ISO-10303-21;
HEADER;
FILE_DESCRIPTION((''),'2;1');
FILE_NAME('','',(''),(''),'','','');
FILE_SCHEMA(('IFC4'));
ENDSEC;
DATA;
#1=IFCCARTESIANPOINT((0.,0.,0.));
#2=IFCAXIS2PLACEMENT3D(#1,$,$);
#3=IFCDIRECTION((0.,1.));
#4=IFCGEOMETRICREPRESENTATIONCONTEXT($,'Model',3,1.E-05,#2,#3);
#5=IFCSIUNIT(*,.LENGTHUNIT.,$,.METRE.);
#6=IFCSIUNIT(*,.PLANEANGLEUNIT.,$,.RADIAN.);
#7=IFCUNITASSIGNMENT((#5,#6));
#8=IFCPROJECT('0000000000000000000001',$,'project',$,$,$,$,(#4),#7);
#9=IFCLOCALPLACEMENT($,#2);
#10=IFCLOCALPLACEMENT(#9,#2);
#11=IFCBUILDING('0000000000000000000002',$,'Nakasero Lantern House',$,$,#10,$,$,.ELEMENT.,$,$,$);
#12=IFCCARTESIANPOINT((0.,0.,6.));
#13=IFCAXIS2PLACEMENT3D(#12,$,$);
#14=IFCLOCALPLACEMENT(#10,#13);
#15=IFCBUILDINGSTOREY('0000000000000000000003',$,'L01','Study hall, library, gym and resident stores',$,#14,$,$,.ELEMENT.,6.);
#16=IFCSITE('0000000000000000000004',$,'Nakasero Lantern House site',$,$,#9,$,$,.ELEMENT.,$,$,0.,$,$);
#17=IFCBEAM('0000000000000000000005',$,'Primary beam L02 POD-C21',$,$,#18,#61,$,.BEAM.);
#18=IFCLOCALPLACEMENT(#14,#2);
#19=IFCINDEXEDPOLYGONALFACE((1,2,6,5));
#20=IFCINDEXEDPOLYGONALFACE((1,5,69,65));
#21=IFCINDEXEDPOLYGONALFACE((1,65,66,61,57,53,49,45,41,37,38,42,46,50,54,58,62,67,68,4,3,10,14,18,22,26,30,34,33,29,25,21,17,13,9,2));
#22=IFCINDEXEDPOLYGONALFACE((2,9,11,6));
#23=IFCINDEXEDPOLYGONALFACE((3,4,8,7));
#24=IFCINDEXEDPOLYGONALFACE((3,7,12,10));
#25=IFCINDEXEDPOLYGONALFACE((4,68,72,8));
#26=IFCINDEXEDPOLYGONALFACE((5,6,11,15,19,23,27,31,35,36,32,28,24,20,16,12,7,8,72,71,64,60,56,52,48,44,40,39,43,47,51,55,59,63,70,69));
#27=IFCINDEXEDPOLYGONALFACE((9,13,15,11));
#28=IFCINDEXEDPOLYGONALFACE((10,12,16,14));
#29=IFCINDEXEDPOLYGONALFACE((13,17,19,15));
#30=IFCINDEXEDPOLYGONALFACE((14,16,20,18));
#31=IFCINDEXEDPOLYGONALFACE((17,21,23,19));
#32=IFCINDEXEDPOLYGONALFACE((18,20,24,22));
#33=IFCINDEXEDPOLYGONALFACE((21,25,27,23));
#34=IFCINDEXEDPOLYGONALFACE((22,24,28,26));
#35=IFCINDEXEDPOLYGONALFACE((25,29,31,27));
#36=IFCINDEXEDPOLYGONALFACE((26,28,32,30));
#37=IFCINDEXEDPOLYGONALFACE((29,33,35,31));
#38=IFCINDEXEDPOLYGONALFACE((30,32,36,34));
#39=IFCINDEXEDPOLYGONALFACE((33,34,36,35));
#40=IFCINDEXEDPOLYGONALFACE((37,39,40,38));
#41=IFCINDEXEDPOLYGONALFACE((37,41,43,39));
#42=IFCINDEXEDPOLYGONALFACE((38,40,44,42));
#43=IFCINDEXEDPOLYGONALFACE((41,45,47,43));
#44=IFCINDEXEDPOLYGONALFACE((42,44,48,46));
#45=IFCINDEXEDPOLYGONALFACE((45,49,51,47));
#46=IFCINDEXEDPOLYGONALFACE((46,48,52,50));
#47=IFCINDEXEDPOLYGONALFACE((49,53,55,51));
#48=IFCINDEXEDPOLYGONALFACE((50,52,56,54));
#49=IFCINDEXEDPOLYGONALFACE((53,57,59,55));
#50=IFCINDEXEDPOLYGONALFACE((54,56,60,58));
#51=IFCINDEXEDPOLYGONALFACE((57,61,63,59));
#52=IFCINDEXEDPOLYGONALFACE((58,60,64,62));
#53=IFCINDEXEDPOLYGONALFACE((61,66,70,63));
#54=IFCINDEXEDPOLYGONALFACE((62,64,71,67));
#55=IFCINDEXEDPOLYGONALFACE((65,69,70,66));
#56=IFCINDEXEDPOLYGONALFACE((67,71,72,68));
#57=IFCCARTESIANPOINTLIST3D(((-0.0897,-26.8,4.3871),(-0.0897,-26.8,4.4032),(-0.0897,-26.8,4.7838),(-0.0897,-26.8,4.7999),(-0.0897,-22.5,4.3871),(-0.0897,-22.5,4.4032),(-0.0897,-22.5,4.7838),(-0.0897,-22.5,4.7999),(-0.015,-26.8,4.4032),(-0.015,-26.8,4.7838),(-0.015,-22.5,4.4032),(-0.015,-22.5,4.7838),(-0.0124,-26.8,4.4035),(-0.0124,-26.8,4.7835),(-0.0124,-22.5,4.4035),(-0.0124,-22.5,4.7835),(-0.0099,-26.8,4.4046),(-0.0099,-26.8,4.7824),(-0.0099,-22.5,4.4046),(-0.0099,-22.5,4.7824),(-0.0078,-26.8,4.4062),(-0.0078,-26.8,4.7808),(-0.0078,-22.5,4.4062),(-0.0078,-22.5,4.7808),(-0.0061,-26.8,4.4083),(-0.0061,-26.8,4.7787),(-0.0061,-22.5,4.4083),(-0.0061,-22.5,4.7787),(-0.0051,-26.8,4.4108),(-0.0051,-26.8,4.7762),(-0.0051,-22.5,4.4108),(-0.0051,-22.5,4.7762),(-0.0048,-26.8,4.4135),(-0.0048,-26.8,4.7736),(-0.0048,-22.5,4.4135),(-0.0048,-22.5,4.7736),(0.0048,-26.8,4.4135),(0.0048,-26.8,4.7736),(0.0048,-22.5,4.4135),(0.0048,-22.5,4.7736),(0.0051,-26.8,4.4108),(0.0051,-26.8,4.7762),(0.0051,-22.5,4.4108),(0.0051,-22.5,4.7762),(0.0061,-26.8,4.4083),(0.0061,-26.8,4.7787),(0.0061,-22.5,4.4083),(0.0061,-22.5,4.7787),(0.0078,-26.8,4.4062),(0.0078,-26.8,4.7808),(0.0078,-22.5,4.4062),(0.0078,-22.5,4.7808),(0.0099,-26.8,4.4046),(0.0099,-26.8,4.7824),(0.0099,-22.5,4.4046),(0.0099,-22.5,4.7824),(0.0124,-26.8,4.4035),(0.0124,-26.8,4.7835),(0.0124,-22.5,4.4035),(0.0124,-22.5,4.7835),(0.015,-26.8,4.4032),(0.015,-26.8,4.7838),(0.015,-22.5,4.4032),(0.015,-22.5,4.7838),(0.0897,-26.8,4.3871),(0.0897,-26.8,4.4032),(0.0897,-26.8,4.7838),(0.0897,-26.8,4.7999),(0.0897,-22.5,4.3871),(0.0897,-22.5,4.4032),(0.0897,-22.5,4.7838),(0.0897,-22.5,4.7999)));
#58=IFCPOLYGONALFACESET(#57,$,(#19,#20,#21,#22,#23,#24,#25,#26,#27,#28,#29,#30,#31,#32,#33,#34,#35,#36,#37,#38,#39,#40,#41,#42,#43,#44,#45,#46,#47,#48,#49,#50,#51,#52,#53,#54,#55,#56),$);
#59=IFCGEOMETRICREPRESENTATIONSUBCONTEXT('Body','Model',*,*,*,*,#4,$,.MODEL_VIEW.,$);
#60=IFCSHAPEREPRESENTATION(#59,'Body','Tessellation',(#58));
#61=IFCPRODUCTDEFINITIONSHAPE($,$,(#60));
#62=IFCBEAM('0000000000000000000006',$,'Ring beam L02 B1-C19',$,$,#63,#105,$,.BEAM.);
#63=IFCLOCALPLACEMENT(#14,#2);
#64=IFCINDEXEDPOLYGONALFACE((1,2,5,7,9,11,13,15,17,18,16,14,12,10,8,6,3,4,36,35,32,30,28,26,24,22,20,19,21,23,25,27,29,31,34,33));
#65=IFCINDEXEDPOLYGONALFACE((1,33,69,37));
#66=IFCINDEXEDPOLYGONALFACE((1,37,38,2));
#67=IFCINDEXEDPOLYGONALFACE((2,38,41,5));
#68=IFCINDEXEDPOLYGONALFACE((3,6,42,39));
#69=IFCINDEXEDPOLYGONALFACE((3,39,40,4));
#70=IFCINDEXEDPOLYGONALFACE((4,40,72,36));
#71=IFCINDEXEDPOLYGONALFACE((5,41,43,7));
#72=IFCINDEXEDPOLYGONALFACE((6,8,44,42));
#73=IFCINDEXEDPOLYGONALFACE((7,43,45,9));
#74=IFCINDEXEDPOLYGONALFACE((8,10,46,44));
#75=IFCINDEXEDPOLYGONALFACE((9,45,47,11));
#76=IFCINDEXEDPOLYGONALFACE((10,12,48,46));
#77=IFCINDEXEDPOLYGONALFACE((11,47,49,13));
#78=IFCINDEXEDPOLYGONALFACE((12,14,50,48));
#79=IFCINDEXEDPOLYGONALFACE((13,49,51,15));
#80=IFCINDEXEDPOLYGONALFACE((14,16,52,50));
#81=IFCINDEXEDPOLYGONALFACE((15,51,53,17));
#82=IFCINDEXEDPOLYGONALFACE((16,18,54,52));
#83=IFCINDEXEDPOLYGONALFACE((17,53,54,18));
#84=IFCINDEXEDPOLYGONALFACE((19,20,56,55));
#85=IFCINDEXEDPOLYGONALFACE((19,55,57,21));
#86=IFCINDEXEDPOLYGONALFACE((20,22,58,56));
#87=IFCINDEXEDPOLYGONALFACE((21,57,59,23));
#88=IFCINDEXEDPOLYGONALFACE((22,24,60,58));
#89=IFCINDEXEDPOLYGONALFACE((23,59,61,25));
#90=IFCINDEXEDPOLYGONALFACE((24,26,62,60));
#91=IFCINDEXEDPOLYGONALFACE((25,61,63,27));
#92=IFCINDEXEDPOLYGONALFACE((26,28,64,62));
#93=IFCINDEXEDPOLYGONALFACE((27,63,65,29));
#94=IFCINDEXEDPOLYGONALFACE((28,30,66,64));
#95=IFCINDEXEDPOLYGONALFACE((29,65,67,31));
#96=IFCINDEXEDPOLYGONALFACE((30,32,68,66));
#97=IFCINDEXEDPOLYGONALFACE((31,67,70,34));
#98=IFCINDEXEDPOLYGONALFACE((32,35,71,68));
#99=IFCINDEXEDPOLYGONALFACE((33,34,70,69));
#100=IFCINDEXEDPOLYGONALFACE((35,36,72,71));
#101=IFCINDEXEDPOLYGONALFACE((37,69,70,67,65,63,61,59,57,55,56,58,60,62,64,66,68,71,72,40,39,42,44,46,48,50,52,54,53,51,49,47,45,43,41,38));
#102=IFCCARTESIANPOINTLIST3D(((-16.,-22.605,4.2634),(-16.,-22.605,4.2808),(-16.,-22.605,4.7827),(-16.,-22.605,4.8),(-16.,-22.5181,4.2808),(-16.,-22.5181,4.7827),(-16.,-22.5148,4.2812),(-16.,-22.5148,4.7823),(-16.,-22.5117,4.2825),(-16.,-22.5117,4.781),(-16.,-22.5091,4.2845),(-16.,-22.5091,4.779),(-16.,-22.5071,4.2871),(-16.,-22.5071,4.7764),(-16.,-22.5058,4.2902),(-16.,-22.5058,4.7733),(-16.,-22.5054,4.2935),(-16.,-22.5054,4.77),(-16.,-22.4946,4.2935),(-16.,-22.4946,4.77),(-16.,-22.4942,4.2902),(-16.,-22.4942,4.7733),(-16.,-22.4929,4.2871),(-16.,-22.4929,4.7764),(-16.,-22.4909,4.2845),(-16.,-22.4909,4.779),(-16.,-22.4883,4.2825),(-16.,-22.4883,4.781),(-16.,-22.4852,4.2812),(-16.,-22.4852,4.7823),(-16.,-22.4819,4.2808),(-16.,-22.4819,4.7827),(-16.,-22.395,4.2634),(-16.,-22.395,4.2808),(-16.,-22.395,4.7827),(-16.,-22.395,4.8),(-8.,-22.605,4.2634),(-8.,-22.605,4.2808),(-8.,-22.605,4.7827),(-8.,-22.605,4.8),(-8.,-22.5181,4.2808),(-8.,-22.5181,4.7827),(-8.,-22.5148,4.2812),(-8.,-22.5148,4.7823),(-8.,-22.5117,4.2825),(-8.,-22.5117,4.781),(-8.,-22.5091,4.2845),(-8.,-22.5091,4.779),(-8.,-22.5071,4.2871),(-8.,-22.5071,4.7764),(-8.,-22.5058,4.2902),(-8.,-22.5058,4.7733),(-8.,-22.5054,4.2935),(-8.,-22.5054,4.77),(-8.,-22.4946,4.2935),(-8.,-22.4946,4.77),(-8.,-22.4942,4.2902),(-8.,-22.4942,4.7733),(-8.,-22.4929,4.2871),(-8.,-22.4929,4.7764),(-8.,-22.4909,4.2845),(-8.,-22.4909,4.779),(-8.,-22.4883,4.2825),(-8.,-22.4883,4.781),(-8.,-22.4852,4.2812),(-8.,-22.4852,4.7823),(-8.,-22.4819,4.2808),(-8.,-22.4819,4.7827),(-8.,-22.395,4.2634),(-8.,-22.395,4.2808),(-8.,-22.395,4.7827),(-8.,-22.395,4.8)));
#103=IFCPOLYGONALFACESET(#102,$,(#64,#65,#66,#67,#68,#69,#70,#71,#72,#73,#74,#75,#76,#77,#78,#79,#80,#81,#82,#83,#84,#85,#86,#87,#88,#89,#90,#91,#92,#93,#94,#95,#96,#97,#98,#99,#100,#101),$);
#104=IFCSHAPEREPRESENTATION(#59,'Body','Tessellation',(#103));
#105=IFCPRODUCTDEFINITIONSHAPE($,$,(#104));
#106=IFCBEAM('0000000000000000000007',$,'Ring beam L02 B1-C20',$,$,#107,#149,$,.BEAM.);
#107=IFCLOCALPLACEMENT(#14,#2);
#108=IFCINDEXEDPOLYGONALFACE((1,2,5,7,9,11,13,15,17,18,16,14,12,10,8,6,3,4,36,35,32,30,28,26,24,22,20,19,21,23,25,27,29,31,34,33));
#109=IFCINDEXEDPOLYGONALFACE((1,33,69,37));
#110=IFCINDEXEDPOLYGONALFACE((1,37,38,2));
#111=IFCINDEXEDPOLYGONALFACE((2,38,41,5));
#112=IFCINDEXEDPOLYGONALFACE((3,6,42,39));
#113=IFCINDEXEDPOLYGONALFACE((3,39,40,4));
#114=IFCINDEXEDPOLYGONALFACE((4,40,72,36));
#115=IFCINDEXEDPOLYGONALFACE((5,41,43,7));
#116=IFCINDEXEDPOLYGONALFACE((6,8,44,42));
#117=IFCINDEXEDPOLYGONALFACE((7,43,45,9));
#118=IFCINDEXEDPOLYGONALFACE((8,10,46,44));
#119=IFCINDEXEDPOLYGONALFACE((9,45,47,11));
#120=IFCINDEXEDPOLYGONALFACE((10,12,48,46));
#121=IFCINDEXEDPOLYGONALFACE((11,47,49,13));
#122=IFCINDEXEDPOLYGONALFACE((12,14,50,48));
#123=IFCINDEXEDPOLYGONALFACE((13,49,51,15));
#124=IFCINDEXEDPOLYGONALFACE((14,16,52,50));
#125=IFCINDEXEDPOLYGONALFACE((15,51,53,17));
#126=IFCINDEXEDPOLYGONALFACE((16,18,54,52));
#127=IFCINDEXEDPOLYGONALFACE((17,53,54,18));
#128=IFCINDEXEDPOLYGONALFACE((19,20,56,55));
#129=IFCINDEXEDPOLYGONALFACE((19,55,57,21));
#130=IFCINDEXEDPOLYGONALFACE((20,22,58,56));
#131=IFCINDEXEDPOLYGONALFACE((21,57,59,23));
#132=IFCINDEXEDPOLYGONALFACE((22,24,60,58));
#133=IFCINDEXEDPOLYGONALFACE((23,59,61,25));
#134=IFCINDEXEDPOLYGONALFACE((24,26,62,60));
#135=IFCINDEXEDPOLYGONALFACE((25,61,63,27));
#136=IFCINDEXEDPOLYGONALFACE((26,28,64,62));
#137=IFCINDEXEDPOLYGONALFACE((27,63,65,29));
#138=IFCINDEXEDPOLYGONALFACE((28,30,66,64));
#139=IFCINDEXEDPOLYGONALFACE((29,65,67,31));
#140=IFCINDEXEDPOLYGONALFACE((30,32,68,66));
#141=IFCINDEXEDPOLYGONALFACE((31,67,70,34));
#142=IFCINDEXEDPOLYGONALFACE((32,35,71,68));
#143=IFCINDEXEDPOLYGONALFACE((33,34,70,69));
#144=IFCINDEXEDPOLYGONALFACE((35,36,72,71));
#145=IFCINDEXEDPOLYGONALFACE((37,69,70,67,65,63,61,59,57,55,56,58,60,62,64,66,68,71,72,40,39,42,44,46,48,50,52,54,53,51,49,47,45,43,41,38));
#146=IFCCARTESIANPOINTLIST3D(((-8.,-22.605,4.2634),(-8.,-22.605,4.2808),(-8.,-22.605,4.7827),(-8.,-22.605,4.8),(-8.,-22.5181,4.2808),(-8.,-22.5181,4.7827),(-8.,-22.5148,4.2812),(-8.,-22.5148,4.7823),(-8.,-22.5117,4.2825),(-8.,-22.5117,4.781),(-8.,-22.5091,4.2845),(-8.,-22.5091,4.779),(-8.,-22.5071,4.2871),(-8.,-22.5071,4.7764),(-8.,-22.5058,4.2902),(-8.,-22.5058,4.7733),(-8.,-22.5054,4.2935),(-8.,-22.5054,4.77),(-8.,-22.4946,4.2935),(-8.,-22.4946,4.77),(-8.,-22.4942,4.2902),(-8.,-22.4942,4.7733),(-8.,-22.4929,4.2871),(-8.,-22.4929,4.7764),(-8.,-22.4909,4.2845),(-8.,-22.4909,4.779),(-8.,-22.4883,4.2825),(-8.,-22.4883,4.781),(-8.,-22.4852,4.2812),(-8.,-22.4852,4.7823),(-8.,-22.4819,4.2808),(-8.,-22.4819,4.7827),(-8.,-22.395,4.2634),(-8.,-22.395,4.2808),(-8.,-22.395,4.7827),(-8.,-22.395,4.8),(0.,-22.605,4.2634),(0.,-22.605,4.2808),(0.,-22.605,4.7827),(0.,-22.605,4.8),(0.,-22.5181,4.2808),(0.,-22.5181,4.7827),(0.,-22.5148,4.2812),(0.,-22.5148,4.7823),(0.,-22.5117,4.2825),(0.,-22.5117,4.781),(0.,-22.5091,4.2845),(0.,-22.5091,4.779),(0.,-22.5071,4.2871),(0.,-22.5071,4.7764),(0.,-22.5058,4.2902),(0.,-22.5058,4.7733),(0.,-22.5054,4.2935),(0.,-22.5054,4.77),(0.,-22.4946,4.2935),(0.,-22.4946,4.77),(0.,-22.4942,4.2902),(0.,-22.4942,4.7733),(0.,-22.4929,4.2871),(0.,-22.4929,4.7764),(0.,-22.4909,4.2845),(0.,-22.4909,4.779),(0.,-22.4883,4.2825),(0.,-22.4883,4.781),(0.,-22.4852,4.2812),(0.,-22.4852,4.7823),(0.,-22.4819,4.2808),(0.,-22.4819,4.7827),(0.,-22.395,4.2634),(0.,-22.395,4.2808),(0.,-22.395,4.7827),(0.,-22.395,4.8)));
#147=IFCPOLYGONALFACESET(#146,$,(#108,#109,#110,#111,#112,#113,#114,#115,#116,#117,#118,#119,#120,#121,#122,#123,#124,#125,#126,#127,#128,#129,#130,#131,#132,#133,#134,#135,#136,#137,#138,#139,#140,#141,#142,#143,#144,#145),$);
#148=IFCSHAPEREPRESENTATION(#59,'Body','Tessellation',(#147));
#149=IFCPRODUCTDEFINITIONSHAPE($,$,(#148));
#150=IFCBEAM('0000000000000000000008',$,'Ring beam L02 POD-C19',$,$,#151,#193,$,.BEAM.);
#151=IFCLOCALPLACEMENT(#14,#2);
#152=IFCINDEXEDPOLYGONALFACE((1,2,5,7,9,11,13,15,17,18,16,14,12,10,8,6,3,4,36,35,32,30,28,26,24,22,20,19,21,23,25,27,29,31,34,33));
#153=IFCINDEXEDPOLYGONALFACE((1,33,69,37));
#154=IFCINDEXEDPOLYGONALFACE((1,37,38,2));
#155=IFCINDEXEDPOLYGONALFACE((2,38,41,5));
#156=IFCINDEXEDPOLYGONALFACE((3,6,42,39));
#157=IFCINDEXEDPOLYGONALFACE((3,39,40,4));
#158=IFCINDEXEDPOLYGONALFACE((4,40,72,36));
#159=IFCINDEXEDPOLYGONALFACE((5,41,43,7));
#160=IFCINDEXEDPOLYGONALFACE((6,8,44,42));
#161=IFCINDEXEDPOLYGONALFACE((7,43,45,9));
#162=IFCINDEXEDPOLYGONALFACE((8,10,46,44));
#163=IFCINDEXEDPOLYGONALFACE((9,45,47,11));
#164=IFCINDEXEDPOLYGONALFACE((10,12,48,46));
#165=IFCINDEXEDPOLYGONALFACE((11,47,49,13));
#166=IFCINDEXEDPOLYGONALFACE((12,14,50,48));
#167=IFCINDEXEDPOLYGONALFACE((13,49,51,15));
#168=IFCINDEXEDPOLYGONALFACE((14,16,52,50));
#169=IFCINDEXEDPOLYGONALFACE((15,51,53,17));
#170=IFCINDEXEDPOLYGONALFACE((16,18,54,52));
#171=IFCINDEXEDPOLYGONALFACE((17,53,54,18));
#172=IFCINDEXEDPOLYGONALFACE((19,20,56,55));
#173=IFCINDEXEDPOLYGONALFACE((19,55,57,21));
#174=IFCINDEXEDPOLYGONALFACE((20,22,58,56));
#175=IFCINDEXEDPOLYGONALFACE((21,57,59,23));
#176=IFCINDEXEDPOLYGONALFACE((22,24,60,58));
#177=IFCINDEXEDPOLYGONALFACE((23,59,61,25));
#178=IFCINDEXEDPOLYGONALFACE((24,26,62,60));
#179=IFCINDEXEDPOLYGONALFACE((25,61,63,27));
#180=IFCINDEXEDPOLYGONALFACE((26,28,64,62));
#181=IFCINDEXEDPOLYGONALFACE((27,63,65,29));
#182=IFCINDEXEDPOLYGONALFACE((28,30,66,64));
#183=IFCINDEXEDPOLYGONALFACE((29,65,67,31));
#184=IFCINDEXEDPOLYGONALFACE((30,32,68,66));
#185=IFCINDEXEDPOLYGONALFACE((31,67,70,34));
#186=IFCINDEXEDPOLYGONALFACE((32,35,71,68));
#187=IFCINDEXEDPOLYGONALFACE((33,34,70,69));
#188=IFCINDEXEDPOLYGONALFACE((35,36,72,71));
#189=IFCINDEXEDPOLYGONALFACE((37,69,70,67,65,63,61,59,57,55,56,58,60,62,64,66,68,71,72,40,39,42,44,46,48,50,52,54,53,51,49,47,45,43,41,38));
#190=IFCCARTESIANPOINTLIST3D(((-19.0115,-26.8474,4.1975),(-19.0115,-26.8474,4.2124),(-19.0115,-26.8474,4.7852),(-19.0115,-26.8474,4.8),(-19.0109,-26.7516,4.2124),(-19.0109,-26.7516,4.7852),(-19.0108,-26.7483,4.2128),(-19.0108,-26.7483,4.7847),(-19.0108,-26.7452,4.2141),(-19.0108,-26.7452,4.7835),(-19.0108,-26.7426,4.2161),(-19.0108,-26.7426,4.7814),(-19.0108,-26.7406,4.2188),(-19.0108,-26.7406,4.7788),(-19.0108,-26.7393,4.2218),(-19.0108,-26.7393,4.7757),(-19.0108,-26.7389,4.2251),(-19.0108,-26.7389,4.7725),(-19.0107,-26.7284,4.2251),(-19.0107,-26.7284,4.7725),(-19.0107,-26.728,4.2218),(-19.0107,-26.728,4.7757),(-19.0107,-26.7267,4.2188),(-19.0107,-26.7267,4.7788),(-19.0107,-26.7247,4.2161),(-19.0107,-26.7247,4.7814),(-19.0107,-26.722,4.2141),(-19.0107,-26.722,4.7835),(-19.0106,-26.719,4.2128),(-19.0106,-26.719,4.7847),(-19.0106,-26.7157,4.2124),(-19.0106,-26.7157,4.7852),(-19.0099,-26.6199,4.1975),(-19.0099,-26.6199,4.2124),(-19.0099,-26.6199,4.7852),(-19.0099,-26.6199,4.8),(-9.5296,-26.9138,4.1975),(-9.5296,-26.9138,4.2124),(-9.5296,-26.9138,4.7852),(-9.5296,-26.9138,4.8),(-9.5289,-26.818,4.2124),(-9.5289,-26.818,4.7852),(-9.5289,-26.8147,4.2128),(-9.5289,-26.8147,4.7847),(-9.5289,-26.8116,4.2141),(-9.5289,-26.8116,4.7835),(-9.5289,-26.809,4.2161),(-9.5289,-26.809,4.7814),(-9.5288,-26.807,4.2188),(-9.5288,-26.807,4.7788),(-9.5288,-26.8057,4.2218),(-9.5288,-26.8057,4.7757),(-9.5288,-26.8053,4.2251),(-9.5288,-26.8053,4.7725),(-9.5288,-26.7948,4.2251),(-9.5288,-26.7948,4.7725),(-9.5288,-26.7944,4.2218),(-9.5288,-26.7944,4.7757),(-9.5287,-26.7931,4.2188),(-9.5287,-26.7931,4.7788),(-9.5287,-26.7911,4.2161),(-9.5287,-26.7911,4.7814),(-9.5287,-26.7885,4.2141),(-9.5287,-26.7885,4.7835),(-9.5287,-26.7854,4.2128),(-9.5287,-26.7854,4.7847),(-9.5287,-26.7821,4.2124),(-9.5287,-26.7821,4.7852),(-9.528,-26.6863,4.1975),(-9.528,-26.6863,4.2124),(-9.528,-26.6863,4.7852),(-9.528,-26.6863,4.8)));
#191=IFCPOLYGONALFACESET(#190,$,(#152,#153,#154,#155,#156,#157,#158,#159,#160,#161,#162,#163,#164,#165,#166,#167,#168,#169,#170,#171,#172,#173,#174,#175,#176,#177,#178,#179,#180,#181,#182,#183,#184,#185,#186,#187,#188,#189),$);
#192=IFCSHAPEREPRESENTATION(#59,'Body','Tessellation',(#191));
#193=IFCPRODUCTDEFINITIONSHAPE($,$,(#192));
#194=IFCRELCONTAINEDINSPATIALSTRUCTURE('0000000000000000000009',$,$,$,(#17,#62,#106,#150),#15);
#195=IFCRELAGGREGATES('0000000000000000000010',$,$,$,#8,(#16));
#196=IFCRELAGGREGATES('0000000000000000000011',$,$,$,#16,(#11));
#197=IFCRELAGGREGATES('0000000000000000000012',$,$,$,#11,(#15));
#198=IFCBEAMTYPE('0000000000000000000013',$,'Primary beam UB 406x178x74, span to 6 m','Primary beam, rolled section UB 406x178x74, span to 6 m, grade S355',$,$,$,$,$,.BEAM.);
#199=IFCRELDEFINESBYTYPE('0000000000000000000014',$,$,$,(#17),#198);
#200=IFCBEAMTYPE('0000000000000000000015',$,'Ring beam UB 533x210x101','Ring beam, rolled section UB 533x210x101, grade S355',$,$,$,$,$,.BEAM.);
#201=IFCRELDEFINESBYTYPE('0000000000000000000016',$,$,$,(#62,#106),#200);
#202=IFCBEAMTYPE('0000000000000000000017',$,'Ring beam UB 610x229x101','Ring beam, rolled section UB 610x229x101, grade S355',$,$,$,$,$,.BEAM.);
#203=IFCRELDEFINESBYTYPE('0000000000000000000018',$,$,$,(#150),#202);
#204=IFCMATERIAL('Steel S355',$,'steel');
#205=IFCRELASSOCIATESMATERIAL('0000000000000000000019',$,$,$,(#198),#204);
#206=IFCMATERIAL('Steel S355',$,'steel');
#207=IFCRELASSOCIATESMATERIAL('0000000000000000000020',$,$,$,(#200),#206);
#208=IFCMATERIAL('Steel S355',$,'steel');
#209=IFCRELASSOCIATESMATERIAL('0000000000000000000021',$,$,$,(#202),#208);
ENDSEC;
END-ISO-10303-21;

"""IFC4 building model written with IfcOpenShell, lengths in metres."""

from ifc_helpers import new_model, si_unit, direction, frame, origin, origin_2d, place, context, subcontext, project, spatial, i_section, extrude, material, material_profile, profile_set, type_object, element, save


model = new_model("IFC4")

# Units and contexts
model_context = context("Model", 3, precision=1e-05, world=origin(), true_north=direction((0.0, 1.0)))
body_context = subcontext(model_context, "Body", "Model", "MODEL_VIEW")
ifc_project = project(units=[si_unit("LENGTHUNIT", "METRE"), si_unit("PLANEANGLEUNIT", "RADIAN")], contexts=[model_context])

# Site, building, storey
site_placement = place(None, origin())
site = spatial("IfcSite", under=ifc_project, at=site_placement, Name="Nakasero Lantern House site", CompositionType="ELEMENT", RefElevation=0.0)
building_placement = place(site_placement, origin())
building = spatial("IfcBuilding", under=site, at=building_placement, Name="Nakasero Lantern House", CompositionType="ELEMENT")
storey_placement = place(building_placement, frame((0.0, 0.0, 6.0)))
storey = spatial("IfcBuildingStorey", under=building, at=storey_placement, Name="L01", Description="Study hall, library, gym and resident stores", CompositionType="ELEMENT", Elevation=6.0)

# Beams
ifc_material_1 = material(Name="Steel S355", Category="steel")
ifc_material_profile_1 = material_profile(ifc_material_1, i_section(OverallWidth=0.1794, OverallDepth=0.4128, WebThickness=0.0095, FlangeThickness=0.0161, FilletRadius=0.0103, at=origin_2d()), Name="UB 406x178x74")
ifc_profile_set_1 = profile_set([ifc_material_profile_1], Name="Steel S355")
beam_type_1 = type_object("IfcBeamType", Name="Primary beam UB 406x178x74, span to 6 m", Description="Primary beam, rolled section UB 406x178x74, span to 6 m, grade S355", PredefinedType="BEAM", material=ifc_profile_set_1)
beam_1_placement = place(storey_placement, frame((0.0, -26.8, 4.5935), z_axis=(0.0, 1.0, 0.0), x_axis=(-1.0, 0.0, 0.0)))
element("IfcBeam", 1, at=beam_1_placement, inside=storey, type_object=beam_type_1, Name="Primary beam L02 POD-C21", PredefinedType="BEAM", context=body_context, shape_type="SweptSolid", body=[
    extrude(i_section(OverallWidth=0.1794, OverallDepth=0.4128, WebThickness=0.0095, FlangeThickness=0.0161, FilletRadius=0.0103, at=origin_2d()), origin(), (0.0, 0.0, 1.0), 4.3),
])
ifc_material_2 = material(Name="Steel S355", Category="steel")
ifc_material_profile_2 = material_profile(ifc_material_2, i_section(OverallWidth=0.21, OverallDepth=0.5366, WebThickness=0.0107, FlangeThickness=0.0173, FilletRadius=0.0127, at=origin_2d()), Name="UB 533x210x101")
ifc_profile_set_2 = profile_set([ifc_material_profile_2], Name="Steel S355")
beam_type_2 = type_object("IfcBeamType", Name="Ring beam UB 533x210x101", Description="Ring beam, rolled section UB 533x210x101, grade S355", PredefinedType="BEAM", material=ifc_profile_set_2)
for number, where, z_axis, x_axis, name in (
    (2, (-16.0, -22.5, 4.5317), (1.0, 0.0, 0.0), (0.0, 1.0, 0.0), "Ring beam L02 B1-C19"),
    (3, (-8.0, -22.5, 4.5317), (1.0, 0.0, 0.0), (0.0, 1.0, 0.0), "Ring beam L02 B1-C20"),
):
    element("IfcBeam", number, at=place(storey_placement, frame(where, z_axis=z_axis, x_axis=x_axis)), inside=storey, type_object=beam_type_2, Name=name, PredefinedType="BEAM", context=body_context, shape_type="SweptSolid", body=[
        extrude(i_section(OverallWidth=0.21, OverallDepth=0.5366, WebThickness=0.0107, FlangeThickness=0.0173, FilletRadius=0.0127, at=origin_2d()), origin(), (0.0, 0.0, 1.0), 8.0),
    ])
ifc_material_3 = material(Name="Steel S355", Category="steel")
ifc_material_profile_3 = material_profile(ifc_material_3, i_section(OverallWidth=0.2275, OverallDepth=0.6025, WebThickness=0.0105, FlangeThickness=0.0149, FilletRadius=0.0127, at=origin_2d()), Name="UB 610x229x101")
ifc_profile_set_3 = profile_set([ifc_material_profile_3], Name="Steel S355")
beam_type_3 = type_object("IfcBeamType", Name="Ring beam UB 610x229x101", Description="Ring beam, rolled section UB 610x229x101, grade S355", PredefinedType="BEAM", material=ifc_profile_set_3)
beam_2_placement = place(storey_placement, frame((-19.0107, -26.7336, 4.4988), z_axis=(0.999975, -0.007003, 0.0), x_axis=(0.007003, 0.999975, 0.0)))
element("IfcBeam", 4, at=beam_2_placement, inside=storey, type_object=beam_type_3, Name="Ring beam L02 POD-C19", PredefinedType="BEAM", context=body_context, shape_type="SweptSolid", body=[
    extrude(i_section(OverallWidth=0.2275, OverallDepth=0.6025, WebThickness=0.0105, FlangeThickness=0.0149, FilletRadius=0.0127, at=origin_2d()), origin(), (0.0, 0.0, 1.0), 9.4822),
])

save(model, "model.ifc")
